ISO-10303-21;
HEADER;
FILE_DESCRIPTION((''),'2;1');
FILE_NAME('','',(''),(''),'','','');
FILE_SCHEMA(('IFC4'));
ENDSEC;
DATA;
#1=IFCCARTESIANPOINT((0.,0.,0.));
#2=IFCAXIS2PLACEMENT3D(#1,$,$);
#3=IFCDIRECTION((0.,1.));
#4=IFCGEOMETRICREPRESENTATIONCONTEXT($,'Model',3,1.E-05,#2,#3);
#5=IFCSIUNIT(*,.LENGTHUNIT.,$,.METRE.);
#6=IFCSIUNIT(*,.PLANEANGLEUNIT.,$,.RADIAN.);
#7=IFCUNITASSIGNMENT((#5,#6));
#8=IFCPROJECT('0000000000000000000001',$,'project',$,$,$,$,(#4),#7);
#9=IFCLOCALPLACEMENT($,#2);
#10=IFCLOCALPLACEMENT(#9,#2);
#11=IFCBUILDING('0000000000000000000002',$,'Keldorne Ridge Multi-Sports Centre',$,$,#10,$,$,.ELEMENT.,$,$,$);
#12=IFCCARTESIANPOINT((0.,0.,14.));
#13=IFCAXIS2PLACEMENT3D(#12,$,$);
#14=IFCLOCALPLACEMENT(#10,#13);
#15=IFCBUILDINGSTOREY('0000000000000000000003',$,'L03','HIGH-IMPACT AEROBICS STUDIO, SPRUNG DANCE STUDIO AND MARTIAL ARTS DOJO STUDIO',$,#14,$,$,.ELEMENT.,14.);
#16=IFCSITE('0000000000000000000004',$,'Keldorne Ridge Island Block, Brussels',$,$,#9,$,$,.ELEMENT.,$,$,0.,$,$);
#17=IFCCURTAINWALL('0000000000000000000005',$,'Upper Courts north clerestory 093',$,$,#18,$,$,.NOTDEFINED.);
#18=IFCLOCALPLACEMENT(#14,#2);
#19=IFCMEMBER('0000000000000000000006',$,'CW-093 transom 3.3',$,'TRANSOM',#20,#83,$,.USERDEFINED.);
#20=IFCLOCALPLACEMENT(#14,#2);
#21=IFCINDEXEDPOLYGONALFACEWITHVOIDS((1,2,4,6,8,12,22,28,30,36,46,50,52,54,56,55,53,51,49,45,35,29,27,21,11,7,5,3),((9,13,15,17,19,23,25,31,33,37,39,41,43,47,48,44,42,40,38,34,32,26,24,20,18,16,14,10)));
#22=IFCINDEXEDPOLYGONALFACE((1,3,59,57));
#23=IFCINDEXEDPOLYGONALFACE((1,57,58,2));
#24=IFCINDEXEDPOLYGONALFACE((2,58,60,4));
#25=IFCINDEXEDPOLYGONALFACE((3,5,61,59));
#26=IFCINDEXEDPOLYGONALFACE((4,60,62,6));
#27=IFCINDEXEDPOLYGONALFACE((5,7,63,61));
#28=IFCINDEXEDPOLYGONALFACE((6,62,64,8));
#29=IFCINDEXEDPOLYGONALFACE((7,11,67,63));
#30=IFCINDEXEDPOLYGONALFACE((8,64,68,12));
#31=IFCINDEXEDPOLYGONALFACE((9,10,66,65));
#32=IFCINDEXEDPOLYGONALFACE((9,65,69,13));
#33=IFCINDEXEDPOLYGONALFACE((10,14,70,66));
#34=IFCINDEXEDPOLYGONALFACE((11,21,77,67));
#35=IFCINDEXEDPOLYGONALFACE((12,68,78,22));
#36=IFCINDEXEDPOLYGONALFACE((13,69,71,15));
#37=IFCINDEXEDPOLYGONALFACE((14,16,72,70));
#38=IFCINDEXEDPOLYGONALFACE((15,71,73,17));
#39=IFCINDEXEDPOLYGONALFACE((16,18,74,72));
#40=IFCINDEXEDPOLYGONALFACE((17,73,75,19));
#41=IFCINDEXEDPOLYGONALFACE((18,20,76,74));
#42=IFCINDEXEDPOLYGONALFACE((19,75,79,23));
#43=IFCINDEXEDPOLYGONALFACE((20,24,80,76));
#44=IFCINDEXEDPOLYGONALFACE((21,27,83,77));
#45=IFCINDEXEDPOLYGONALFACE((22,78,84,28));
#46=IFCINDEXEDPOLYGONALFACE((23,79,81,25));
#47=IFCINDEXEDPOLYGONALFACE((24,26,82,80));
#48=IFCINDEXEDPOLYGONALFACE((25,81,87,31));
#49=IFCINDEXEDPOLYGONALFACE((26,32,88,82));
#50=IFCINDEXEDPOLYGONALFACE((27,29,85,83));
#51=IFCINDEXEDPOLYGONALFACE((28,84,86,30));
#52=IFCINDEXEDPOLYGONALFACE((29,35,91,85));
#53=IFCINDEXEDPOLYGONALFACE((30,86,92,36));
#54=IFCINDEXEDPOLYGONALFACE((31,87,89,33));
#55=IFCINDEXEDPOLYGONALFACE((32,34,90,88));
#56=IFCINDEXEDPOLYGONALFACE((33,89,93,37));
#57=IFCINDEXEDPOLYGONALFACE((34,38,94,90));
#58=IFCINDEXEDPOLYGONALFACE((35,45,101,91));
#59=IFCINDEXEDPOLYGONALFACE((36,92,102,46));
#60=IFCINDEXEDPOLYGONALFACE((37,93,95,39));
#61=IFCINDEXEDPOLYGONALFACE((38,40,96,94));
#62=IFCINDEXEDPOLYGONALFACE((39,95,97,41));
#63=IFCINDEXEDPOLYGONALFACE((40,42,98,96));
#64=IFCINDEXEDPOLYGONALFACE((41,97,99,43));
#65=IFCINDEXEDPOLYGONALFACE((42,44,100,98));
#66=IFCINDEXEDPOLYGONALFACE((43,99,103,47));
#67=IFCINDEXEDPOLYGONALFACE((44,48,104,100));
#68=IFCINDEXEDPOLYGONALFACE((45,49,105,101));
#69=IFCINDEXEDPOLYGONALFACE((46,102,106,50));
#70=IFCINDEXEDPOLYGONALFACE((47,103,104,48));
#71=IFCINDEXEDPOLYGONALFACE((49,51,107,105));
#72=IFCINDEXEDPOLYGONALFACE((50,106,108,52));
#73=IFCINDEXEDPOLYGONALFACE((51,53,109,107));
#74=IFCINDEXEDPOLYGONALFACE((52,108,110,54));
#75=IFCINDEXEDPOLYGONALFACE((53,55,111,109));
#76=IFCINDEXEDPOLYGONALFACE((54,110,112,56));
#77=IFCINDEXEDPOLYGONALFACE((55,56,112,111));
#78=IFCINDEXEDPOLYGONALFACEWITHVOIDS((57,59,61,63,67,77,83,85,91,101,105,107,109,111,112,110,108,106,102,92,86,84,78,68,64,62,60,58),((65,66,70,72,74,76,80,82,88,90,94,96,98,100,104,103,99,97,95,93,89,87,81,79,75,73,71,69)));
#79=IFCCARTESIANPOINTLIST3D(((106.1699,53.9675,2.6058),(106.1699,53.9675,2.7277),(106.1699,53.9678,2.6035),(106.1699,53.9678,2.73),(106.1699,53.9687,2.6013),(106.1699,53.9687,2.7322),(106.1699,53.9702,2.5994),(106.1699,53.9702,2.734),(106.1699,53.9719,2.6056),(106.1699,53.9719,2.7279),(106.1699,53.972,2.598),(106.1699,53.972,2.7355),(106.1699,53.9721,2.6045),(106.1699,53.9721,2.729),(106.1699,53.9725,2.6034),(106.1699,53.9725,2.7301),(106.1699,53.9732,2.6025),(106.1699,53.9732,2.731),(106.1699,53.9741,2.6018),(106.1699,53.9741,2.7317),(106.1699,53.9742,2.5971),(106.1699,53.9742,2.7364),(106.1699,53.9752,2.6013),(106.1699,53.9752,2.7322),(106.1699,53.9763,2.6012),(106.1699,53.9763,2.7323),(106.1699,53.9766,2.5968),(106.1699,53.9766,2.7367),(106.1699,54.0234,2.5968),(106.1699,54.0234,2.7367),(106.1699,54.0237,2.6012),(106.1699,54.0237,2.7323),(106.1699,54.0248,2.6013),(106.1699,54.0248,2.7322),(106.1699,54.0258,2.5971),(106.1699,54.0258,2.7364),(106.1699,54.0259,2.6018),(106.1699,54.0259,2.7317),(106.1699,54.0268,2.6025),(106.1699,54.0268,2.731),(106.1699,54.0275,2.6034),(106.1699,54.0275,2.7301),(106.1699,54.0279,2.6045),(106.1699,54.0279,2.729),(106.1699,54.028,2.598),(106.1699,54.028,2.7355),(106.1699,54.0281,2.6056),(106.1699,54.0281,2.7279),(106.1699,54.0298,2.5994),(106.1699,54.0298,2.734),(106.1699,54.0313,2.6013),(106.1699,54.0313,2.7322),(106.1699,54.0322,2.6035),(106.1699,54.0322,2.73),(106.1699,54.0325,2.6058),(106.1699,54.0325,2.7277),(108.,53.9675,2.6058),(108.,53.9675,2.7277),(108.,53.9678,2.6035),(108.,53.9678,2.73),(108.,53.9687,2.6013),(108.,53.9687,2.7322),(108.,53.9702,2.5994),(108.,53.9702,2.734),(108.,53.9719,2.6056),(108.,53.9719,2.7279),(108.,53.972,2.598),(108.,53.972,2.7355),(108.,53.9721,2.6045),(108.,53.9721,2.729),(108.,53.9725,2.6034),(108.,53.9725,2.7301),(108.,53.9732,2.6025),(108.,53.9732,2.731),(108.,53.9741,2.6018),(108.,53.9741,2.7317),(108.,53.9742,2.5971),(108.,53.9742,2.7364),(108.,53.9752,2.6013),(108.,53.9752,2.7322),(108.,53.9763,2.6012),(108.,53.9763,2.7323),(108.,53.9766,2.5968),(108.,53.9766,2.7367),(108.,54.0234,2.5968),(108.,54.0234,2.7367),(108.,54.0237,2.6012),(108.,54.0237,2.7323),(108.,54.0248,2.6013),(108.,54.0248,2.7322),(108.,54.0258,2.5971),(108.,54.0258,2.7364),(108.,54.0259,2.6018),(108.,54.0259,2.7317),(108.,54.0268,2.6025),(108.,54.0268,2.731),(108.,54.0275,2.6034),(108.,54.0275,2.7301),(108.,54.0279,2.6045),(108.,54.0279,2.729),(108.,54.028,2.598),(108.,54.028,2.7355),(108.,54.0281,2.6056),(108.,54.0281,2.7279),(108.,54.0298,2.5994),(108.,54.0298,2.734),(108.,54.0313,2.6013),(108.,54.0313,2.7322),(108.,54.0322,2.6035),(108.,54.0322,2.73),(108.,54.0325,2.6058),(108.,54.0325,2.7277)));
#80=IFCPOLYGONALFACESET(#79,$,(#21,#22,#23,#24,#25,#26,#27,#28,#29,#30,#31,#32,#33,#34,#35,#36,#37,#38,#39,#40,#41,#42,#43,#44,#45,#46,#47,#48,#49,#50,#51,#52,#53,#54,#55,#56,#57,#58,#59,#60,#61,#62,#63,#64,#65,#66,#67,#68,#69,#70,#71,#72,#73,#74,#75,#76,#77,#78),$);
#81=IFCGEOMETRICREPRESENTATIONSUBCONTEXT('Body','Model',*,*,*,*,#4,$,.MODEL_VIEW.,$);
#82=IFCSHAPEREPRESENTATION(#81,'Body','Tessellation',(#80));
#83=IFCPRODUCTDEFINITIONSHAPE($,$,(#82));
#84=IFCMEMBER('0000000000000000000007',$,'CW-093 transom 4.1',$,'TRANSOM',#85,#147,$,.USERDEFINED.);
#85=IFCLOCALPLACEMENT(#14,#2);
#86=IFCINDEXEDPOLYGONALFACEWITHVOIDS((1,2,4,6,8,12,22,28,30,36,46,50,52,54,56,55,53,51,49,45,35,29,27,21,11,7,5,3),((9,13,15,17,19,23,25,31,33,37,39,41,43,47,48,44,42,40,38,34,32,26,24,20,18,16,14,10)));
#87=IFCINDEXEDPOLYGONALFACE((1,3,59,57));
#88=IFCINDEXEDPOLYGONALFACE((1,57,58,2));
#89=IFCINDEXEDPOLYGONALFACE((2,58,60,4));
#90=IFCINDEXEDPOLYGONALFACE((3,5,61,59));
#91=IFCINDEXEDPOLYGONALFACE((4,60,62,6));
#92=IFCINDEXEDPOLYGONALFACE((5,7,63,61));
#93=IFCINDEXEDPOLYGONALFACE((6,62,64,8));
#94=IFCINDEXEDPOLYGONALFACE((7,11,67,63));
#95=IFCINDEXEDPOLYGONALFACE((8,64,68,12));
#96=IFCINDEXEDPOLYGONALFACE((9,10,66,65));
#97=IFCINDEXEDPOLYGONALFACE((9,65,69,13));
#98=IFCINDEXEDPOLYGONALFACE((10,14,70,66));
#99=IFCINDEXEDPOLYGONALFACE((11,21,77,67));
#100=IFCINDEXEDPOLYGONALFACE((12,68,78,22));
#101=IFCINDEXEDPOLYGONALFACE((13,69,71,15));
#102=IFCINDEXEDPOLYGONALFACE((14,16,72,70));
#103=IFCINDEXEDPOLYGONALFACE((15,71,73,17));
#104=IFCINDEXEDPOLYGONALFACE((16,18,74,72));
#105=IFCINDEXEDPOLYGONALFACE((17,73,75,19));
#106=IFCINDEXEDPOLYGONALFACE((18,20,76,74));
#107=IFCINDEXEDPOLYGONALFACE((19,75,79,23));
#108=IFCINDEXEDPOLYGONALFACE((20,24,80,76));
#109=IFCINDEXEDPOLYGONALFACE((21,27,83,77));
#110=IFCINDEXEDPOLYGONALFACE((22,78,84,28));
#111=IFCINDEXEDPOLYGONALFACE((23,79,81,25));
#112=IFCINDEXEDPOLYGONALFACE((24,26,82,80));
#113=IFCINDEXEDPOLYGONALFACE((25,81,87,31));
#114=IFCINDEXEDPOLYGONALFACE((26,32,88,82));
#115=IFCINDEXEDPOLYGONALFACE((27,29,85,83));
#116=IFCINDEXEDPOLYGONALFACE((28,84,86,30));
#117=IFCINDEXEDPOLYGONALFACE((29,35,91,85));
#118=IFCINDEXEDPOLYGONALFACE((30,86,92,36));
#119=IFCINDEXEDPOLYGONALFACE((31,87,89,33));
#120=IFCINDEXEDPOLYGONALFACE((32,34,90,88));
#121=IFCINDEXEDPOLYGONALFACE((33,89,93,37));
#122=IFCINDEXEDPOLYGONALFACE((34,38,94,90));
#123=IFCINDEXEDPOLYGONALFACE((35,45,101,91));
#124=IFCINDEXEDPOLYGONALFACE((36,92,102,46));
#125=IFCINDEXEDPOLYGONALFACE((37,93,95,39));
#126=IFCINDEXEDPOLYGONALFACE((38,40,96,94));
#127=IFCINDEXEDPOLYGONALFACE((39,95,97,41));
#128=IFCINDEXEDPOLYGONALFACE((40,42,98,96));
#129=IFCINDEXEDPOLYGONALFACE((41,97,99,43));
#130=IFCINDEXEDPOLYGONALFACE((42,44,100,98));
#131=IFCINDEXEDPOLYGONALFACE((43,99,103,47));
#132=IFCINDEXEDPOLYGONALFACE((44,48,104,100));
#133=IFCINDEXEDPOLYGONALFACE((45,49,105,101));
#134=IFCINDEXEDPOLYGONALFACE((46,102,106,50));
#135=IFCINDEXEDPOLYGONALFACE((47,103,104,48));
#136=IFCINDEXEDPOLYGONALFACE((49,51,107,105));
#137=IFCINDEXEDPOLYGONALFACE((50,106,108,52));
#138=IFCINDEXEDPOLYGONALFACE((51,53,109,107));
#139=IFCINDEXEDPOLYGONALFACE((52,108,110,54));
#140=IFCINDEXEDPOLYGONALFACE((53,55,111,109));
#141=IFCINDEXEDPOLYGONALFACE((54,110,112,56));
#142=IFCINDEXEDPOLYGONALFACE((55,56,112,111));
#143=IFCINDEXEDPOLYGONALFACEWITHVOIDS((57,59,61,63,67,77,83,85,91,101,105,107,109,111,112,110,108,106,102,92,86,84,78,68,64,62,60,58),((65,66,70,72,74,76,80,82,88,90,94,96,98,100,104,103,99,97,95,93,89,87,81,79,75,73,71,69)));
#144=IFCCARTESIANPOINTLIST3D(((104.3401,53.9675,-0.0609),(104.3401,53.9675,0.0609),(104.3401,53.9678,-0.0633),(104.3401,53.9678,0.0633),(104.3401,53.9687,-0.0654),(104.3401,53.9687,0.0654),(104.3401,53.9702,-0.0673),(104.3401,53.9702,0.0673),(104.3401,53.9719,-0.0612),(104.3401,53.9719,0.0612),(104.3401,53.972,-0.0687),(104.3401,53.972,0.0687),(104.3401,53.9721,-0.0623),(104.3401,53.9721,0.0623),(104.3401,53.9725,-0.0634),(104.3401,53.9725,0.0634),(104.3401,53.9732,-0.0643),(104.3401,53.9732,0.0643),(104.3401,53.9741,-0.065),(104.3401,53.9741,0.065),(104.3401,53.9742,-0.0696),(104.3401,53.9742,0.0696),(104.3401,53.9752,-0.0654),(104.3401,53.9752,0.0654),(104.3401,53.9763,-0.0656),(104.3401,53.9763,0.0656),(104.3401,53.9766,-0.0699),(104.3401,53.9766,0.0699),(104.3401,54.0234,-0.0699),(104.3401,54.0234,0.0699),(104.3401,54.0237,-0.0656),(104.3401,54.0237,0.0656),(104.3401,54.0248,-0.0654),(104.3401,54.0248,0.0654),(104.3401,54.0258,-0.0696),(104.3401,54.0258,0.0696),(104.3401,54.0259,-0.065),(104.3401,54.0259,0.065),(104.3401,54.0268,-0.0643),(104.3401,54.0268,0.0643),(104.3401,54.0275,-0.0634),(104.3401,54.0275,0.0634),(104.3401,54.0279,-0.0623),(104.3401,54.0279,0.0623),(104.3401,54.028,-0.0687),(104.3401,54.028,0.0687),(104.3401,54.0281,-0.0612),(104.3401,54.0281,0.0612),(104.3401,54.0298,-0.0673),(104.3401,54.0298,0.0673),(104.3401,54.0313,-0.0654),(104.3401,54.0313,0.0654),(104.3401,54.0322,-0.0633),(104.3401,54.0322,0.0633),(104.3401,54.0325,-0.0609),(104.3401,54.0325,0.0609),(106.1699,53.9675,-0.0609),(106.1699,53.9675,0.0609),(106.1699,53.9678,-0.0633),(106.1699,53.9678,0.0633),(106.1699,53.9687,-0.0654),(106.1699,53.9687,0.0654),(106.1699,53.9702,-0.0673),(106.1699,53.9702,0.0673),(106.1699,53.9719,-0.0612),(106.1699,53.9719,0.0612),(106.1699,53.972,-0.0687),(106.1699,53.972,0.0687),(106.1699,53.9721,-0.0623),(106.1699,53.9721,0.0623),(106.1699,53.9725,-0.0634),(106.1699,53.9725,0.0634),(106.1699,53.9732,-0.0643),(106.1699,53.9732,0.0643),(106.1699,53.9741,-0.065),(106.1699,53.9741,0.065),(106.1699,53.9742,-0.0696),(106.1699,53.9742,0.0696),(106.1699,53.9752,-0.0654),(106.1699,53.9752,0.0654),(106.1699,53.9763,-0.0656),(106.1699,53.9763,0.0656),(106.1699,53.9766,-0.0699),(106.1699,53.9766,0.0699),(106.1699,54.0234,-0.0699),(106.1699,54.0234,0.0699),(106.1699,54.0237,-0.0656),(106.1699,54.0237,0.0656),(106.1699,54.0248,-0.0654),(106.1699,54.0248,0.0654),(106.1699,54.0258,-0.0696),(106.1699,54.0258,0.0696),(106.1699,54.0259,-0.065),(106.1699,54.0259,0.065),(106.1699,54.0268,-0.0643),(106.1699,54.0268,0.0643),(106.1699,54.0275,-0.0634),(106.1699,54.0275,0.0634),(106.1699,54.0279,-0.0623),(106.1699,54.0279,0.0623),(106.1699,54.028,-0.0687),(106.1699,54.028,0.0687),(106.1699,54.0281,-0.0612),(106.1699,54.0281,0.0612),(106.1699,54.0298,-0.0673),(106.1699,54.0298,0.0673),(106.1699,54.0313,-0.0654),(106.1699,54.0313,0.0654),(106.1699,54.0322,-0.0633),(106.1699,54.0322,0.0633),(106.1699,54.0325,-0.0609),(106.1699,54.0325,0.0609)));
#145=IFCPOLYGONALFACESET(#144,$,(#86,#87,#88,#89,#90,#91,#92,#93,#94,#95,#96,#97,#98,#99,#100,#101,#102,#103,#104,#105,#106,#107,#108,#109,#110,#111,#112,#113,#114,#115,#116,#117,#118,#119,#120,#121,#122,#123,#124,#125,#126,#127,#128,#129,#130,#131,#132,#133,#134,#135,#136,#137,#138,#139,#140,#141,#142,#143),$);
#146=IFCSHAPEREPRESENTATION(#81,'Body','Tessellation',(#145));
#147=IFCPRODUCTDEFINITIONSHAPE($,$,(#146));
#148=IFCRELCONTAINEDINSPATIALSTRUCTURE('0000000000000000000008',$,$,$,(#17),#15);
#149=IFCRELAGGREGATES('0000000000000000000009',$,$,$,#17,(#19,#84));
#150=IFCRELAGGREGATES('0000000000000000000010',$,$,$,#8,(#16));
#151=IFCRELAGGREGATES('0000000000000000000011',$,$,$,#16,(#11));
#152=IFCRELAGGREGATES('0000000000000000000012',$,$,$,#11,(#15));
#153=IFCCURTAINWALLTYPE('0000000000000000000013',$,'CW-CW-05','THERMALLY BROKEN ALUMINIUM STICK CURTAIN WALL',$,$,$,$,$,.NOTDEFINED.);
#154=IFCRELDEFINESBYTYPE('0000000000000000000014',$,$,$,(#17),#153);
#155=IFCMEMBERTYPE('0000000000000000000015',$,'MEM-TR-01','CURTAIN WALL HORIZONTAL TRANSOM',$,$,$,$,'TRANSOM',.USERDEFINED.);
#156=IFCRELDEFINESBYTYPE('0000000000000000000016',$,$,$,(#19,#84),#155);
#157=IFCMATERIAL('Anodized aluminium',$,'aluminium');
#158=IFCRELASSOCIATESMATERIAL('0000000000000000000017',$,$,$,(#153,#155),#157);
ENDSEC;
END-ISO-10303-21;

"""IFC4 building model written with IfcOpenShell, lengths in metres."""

from ifc_helpers import new_model, si_unit, direction, frame, origin, origin_2d, place, context, subcontext, project, spatial, hollow_rectangle, extrude, material, material_profile, profile_set, type_object, element, aggregate, save


model = new_model("IFC4")

# Units and contexts
model_context = context("Model", 3, precision=1e-05, world=origin(), true_north=direction((0.0, 1.0)))
body_context = subcontext(model_context, "Body", "Model", "MODEL_VIEW")
ifc_project = project(units=[si_unit("LENGTHUNIT", "METRE"), si_unit("PLANEANGLEUNIT", "RADIAN")], contexts=[model_context])

# Site, building, storey
site_placement = place(None, origin())
site = spatial("IfcSite", under=ifc_project, at=site_placement, Name="Keldorne Ridge Island Block, Brussels", CompositionType="ELEMENT", RefElevation=0.0)
building_placement = place(site_placement, origin())
building = spatial("IfcBuilding", under=site, at=building_placement, Name="Keldorne Ridge Multi-Sports Centre", CompositionType="ELEMENT")
storey_placement = place(building_placement, frame((0.0, 0.0, 14.0)))
storey = spatial("IfcBuildingStorey", under=building, at=storey_placement, Name="L03", Description="HIGH-IMPACT AEROBICS STUDIO, SPRUNG DANCE STUDIO AND MARTIAL ARTS DOJO STUDIO", CompositionType="ELEMENT", Elevation=14.0)

# Curtain wall
ifc_material_1 = material(Name="Anodized aluminium", Category="aluminium")
curtain_wall_type = type_object("IfcCurtainWallType", Name="CW-CW-05", Description="THERMALLY BROKEN ALUMINIUM STICK CURTAIN WALL", PredefinedType="NOTDEFINED", material=ifc_material_1)
curtain_wall_placement = place(storey_placement, origin())
curtain_wall = element("IfcCurtainWall", 1, at=curtain_wall_placement, inside=storey, type_object=curtain_wall_type, Name="Upper Courts north clerestory 093", PredefinedType="NOTDEFINED")

# Members
ifc_material_profile_1 = material_profile(ifc_material_1, hollow_rectangle(XDim=0.0649, YDim=0.1399, WallThickness=0.0044, InnerFilletRadius=0.0044, OuterFilletRadius=0.009, at=origin_2d()), Name="ALU TRANSOM 140x65x4.5")
ifc_profile_set_1 = profile_set([ifc_material_profile_1], Name="Anodized aluminium")
member_type_1 = type_object("IfcMemberType", Name="MEM-TR-01", Description="CURTAIN WALL HORIZONTAL TRANSOM", ElementType="TRANSOM", PredefinedType="USERDEFINED", material=ifc_profile_set_1)
member_1_placement = place(storey_placement, frame((108.0, 54.0, 2.6667), z_axis=(-1.0, 0.0, 0.0), x_axis=(0.0, -1.0, 0.0)))
member_1 = element("IfcMember", 2, at=member_1_placement, type_object=member_type_1, Name="CW-093 transom 3.3", ObjectType="TRANSOM", PredefinedType="USERDEFINED", context=body_context, shape_type="SweptSolid", body=[
    extrude(hollow_rectangle(XDim=0.0649, YDim=0.1399, WallThickness=0.0044, InnerFilletRadius=0.0044, OuterFilletRadius=0.009, at=origin_2d()), origin(), (0.0, 0.0, 1.0), 1.8301),
])
member_2_placement = place(storey_placement, frame((106.1699, 54.0, 0.0), z_axis=(-1.0, 0.0, 0.0), x_axis=(0.0, -1.0, 0.0)))
member_2 = element("IfcMember", 3, at=member_2_placement, type_object=member_type_1, Name="CW-093 transom 4.1", ObjectType="TRANSOM", PredefinedType="USERDEFINED", context=body_context, shape_type="SweptSolid", body=[
    extrude(hollow_rectangle(XDim=0.0649, YDim=0.1399, WallThickness=0.0044, InnerFilletRadius=0.0044, OuterFilletRadius=0.009, at=origin_2d()), origin(), (0.0, 0.0, 1.0), 1.8298),
])

aggregate(curtain_wall, [member_1, member_2])

save(model, "model.ifc")
